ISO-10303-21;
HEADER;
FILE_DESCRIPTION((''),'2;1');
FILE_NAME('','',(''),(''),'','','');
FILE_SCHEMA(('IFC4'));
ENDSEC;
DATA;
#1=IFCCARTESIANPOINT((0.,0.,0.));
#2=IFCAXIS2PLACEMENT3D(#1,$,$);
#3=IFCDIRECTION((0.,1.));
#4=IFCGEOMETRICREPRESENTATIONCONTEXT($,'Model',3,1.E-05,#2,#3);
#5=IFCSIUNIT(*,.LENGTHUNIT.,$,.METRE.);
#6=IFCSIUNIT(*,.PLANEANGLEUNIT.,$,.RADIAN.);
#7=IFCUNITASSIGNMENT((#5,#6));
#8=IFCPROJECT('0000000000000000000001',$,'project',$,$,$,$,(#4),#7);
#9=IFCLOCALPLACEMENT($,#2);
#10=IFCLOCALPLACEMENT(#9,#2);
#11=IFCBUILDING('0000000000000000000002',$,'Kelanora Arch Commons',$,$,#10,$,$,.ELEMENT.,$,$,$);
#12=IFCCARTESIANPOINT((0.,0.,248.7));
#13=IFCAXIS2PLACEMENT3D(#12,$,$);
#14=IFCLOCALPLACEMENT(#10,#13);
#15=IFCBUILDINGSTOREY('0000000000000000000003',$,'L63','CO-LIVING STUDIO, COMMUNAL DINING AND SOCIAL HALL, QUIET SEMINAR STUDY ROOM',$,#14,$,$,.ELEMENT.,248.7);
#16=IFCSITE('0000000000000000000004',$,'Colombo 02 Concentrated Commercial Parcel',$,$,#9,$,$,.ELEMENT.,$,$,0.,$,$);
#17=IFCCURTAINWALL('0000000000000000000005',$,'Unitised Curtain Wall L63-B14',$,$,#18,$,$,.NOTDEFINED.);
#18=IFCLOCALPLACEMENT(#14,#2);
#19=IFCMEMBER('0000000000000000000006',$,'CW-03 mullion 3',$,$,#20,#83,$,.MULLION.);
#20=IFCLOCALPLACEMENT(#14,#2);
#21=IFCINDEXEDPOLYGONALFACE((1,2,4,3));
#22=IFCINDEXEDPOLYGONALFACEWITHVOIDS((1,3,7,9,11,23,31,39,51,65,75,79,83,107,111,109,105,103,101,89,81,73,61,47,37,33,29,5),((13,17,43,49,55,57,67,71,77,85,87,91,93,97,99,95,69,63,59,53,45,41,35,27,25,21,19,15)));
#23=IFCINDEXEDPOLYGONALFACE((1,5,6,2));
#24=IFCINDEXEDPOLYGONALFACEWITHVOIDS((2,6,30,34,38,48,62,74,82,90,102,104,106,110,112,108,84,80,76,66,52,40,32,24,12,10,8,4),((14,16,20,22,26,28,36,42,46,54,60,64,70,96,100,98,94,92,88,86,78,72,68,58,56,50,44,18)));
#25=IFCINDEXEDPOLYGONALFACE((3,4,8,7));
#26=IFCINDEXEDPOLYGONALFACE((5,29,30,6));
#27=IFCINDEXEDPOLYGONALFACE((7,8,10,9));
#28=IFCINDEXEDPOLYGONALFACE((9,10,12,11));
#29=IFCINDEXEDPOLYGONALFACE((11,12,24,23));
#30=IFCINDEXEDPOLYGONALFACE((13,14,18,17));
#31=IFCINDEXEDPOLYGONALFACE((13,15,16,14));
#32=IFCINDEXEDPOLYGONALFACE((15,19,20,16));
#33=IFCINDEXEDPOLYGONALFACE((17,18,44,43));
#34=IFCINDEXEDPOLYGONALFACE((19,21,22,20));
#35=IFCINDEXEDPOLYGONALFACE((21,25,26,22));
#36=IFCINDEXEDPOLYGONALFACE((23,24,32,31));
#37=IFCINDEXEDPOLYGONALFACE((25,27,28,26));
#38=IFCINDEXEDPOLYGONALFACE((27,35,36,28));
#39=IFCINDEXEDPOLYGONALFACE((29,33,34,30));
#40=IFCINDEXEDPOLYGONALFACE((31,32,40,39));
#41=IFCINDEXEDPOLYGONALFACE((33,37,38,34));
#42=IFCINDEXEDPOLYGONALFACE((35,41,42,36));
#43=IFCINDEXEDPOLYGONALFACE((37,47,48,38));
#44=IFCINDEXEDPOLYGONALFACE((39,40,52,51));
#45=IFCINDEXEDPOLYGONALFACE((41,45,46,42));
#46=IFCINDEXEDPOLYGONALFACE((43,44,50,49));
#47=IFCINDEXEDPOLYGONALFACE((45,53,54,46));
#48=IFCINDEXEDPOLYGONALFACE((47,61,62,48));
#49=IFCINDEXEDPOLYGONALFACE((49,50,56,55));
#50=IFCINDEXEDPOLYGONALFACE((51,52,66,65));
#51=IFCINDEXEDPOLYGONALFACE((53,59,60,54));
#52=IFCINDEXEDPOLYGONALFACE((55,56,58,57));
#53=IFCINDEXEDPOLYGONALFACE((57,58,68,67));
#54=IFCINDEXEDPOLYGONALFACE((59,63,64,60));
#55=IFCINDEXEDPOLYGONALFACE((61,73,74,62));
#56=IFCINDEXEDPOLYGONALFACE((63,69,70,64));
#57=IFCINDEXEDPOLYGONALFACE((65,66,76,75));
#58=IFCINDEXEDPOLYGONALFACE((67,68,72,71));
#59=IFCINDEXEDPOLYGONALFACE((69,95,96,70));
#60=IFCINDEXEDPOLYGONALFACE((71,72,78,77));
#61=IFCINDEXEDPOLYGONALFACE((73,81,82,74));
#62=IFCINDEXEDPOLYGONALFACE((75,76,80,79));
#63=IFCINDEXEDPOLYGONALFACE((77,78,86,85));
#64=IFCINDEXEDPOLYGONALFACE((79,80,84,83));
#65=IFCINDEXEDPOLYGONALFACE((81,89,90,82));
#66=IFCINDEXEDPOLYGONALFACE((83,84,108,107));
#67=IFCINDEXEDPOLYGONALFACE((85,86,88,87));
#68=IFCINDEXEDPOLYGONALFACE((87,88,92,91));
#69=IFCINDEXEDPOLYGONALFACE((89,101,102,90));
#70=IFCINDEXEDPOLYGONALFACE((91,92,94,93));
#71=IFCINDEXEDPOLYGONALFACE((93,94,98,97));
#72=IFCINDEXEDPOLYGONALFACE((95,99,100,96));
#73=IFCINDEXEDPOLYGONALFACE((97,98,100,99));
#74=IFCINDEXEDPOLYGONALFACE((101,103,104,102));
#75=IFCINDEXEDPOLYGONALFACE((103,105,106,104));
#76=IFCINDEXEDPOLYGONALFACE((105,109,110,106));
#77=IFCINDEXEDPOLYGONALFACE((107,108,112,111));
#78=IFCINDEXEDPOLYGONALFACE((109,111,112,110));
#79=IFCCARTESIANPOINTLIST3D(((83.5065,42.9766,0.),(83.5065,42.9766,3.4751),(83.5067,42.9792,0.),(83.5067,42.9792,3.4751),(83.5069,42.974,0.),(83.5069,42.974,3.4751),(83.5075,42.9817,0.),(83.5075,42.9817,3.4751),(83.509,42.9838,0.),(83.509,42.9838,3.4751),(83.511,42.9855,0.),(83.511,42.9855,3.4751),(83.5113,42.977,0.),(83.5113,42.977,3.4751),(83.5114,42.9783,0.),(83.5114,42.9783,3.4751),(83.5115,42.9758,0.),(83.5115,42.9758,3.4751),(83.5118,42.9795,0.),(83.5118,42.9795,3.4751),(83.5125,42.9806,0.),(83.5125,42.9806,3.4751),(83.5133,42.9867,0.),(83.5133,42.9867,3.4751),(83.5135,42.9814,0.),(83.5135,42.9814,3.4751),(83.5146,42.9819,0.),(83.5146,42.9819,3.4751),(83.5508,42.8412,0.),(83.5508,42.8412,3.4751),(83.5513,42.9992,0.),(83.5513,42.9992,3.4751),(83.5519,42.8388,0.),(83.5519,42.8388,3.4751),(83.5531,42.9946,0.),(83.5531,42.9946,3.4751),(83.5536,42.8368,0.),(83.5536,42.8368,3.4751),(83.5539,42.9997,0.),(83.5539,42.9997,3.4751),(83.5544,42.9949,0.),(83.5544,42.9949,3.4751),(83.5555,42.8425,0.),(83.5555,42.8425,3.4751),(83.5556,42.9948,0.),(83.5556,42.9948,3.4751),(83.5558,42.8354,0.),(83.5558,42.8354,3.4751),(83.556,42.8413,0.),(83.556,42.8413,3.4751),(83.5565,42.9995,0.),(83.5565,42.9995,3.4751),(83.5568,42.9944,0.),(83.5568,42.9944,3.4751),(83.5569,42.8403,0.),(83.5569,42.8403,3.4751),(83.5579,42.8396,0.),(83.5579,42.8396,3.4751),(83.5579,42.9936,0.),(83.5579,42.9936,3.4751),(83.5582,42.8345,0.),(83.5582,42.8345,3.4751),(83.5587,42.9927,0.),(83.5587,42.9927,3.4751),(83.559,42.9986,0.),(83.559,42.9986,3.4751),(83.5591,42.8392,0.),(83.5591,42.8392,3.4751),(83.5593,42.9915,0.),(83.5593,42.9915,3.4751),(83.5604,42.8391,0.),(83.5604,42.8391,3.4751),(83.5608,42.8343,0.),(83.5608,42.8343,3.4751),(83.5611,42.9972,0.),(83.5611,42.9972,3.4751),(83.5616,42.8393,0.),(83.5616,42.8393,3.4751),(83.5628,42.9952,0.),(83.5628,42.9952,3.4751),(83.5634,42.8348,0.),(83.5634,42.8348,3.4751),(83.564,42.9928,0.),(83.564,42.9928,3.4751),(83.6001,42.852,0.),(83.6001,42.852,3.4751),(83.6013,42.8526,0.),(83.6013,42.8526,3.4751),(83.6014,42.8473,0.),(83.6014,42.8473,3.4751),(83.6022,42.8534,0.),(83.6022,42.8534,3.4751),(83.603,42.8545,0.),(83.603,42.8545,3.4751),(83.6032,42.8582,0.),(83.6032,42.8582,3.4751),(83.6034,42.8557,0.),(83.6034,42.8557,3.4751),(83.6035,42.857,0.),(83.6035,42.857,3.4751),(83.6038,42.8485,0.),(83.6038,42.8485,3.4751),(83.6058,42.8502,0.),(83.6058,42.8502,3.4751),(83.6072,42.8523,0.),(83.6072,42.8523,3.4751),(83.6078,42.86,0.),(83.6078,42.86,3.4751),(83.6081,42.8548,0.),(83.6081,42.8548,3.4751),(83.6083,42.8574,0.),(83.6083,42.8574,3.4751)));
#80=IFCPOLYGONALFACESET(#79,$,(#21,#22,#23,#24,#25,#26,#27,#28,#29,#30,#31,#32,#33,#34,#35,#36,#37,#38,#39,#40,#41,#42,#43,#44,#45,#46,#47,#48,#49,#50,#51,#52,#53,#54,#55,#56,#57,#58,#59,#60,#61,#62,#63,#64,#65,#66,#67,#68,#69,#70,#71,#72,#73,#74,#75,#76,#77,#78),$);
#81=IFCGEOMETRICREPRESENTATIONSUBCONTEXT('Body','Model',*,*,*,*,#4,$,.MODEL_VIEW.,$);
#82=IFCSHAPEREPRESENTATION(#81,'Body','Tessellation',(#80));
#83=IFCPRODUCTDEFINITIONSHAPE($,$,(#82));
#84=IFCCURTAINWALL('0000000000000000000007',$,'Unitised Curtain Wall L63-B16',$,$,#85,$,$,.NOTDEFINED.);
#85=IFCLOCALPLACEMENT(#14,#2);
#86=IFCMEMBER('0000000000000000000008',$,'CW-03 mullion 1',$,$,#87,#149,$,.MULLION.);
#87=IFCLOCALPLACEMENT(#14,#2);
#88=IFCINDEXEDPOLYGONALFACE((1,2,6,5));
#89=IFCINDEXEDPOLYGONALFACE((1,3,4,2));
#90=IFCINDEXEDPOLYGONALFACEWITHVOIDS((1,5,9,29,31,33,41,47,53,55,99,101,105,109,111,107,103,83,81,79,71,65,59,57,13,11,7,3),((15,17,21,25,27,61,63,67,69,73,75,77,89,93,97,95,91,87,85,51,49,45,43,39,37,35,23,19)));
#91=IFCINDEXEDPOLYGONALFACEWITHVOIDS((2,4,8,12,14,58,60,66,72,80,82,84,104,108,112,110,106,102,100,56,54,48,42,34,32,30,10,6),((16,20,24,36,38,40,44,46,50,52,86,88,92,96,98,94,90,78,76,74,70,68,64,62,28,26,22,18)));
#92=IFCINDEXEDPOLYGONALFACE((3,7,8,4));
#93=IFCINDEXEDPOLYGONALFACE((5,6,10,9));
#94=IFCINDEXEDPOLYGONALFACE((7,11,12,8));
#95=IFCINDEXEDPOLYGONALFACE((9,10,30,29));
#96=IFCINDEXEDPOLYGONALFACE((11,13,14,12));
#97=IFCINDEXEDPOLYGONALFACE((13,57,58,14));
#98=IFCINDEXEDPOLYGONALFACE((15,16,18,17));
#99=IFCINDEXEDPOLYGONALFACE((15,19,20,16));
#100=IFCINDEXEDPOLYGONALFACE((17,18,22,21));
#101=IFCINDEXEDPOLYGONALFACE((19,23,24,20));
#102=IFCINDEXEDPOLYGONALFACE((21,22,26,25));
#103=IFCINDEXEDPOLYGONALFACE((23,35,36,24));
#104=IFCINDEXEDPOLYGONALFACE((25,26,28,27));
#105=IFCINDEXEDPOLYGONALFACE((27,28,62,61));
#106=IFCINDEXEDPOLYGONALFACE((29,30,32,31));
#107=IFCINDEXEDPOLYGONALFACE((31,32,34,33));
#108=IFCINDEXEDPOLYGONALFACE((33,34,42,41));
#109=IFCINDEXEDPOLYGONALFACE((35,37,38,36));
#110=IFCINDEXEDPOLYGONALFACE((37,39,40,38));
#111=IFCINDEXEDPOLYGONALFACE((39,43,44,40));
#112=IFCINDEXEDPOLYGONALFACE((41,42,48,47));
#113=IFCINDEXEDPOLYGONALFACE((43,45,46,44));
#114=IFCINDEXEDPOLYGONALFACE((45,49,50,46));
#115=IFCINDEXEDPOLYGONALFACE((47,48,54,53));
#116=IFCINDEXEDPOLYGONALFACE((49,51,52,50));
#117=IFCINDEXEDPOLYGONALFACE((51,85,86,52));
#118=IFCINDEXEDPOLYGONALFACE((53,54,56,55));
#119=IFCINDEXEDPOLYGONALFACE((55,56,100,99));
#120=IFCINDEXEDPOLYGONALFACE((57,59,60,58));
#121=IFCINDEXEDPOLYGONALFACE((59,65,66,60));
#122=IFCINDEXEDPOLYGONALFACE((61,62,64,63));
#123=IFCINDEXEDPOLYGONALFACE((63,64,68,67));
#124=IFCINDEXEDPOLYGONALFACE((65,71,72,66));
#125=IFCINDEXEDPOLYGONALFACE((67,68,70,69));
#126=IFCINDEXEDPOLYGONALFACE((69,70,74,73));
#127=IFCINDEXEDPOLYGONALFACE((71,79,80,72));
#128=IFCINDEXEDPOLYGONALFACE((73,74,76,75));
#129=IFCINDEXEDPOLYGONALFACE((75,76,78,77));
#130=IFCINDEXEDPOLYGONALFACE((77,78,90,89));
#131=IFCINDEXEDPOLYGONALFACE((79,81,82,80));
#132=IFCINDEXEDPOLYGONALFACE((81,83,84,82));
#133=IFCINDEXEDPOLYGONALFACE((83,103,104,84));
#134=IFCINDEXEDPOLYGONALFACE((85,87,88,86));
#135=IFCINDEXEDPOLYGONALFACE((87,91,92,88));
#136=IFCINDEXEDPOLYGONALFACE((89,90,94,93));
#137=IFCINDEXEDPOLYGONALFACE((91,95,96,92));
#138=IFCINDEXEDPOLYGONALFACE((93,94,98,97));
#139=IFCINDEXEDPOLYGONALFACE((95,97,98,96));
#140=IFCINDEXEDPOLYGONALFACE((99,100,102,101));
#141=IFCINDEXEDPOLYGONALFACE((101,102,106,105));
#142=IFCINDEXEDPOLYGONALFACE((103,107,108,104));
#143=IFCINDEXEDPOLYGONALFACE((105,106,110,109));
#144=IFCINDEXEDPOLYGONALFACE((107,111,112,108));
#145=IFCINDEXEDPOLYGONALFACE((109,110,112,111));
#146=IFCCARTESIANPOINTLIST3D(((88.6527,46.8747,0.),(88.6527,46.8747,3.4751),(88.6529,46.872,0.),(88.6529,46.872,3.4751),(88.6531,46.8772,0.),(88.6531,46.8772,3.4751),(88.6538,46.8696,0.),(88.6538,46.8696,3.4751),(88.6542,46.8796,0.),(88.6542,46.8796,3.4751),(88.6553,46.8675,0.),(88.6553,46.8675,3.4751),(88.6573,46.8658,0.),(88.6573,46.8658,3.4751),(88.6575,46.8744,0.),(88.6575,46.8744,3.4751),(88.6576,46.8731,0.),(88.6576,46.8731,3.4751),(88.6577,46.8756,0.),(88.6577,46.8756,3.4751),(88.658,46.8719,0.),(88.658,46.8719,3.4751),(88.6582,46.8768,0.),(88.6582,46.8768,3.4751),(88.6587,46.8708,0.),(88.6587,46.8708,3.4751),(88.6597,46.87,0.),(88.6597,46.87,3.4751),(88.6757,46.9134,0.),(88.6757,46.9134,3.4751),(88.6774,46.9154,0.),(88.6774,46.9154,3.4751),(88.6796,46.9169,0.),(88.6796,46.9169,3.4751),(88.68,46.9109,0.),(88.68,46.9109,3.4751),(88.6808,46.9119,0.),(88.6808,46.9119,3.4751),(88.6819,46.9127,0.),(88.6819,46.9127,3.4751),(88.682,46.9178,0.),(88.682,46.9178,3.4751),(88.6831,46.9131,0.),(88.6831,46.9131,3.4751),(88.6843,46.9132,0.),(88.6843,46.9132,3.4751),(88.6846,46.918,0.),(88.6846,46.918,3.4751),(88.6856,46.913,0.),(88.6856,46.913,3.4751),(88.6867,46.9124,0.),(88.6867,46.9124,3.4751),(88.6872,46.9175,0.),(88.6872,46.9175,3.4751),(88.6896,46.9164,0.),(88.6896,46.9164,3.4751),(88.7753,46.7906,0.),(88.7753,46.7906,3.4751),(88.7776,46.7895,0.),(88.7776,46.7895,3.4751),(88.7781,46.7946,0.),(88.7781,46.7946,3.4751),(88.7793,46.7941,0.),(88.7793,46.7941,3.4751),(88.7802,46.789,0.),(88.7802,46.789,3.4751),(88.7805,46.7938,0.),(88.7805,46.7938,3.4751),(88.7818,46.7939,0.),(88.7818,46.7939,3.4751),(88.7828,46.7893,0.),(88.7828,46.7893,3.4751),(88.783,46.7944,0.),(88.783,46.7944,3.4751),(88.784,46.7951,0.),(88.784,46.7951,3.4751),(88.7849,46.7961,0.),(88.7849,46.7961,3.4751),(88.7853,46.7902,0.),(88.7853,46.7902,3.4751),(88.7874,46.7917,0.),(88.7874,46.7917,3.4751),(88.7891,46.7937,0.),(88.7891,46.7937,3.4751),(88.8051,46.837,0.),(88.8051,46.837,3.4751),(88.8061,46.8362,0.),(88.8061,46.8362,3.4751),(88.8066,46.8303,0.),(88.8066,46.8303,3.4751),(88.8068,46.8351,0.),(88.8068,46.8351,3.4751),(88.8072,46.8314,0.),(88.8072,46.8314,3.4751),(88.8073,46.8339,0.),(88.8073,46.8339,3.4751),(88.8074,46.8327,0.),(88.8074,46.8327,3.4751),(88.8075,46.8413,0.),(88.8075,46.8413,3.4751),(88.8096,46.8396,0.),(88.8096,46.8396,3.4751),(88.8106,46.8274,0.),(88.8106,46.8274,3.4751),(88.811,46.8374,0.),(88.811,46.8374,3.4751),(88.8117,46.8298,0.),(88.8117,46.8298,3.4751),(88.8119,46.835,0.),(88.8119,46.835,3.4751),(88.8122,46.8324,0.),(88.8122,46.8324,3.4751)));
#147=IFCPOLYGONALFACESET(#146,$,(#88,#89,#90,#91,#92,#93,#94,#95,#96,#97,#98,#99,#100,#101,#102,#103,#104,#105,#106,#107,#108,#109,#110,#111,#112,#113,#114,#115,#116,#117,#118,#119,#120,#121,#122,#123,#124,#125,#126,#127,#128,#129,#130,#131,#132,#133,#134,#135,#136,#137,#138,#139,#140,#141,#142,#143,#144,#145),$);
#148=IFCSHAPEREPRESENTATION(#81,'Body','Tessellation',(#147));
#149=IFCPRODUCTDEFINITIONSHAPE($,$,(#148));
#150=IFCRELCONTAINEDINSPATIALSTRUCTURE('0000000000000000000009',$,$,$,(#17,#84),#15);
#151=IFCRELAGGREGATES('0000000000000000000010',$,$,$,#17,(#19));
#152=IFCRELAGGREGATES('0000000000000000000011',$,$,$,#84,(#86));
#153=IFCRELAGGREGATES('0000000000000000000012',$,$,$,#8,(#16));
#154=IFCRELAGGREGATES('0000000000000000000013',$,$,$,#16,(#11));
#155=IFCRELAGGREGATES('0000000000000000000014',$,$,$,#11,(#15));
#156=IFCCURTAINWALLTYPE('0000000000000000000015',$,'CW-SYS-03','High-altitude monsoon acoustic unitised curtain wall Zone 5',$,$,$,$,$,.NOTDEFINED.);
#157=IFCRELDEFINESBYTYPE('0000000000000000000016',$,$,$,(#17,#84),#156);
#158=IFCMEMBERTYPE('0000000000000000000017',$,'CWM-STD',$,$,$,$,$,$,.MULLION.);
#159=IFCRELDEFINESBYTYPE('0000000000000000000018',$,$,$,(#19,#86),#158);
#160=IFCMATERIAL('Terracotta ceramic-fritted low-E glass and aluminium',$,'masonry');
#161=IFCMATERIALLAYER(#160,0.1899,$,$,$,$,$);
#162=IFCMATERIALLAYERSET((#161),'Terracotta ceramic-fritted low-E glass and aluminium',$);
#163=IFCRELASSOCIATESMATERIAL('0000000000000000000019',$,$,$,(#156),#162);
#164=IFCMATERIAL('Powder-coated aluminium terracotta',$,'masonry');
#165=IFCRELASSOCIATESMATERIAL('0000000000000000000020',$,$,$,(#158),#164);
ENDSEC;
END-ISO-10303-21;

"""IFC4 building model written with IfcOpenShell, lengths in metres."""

from ifc_helpers import new_model, si_unit, direction, frame, origin, origin_2d, place, context, subcontext, project, spatial, hollow_rectangle, extrude, material, layer, layer_set, material_profile, profile_set, type_object, element, aggregate, save


model = new_model("IFC4")

# Units and contexts
model_context = context("Model", 3, precision=1e-05, world=origin(), true_north=direction((0.0, 1.0)))
body_context = subcontext(model_context, "Body", "Model", "MODEL_VIEW")
ifc_project = project(units=[si_unit("LENGTHUNIT", "METRE"), si_unit("PLANEANGLEUNIT", "RADIAN")], contexts=[model_context])

# Site, building, storey
site_placement = place(None, origin())
site = spatial("IfcSite", under=ifc_project, at=site_placement, Name="Colombo 02 Concentrated Commercial Parcel", CompositionType="ELEMENT", RefElevation=0.0)
building_placement = place(site_placement, origin())
building = spatial("IfcBuilding", under=site, at=building_placement, Name="Kelanora Arch Commons", CompositionType="ELEMENT")
storey_placement = place(building_placement, frame((0.0, 0.0, 248.7)))
storey = spatial("IfcBuildingStorey", under=building, at=storey_placement, Name="L63", Description="CO-LIVING STUDIO, COMMUNAL DINING AND SOCIAL HALL, QUIET SEMINAR STUDY ROOM", CompositionType="ELEMENT", Elevation=248.7)

# Curtain wall, member
ifc_material_1 = material(Name="Terracotta ceramic-fritted low-E glass and aluminium", Category="masonry")
ifc_layer_1 = layer(ifc_material_1, 0.1899)
ifc_layer_set_1 = layer_set([ifc_layer_1], Name="Terracotta ceramic-fritted low-E glass and aluminium")
curtain_wall_type = type_object("IfcCurtainWallType", Name="CW-SYS-03", Description="High-altitude monsoon acoustic unitised curtain wall Zone 5", PredefinedType="NOTDEFINED", material=ifc_layer_set_1)
curtain_wall_1_placement = place(storey_placement, origin())
curtain_wall_1 = element("IfcCurtainWall", 1, at=curtain_wall_1_placement, inside=storey, type_object=curtain_wall_type, Name="Unitised Curtain Wall L63-B14", PredefinedType="NOTDEFINED")
ifc_material_2 = material(Name="Powder-coated aluminium terracotta", Category="masonry")
ifc_material_profile_1 = material_profile(ifc_material_2, hollow_rectangle(XDim=0.1599, YDim=0.0601, WallThickness=0.0049, InnerFilletRadius=0.0049, OuterFilletRadius=0.01, at=origin_2d()), Name="CWM160x60")
ifc_profile_set_1 = profile_set([ifc_material_profile_1], Name="Powder-coated aluminium terracotta")
member_type_1 = type_object("IfcMemberType", Name="CWM-STD", PredefinedType="MULLION", material=ifc_profile_set_1)
member_1_placement = place(storey_placement, frame((83.5574, 42.917, 0.0), z_axis=(0.0, 0.0, 1.0), x_axis=(-0.313253, 0.94967, 0.0)))
member_1 = element("IfcMember", 2, at=member_1_placement, type_object=member_type_1, Name="CW-03 mullion 3", PredefinedType="MULLION", context=body_context, shape_type="SweptSolid", body=[
    extrude(hollow_rectangle(XDim=0.1599, YDim=0.0601, WallThickness=0.0049, InnerFilletRadius=0.0049, OuterFilletRadius=0.01, at=origin_2d()), origin(), (0.0, 0.0, 1.0), 3.4751),
])
aggregate(curtain_wall_1, [member_1])

# Curtain wall, member
curtain_wall_2_placement = place(storey_placement, origin())
curtain_wall_2 = element("IfcCurtainWall", 3, at=curtain_wall_2_placement, inside=storey, type_object=curtain_wall_type, Name="Unitised Curtain Wall L63-B16", PredefinedType="NOTDEFINED")
member_2_placement = place(storey_placement, frame((88.7324, 46.8535, 0.0), z_axis=(0.0, 0.0, 1.0), x_axis=(-0.843391, 0.5373, 0.0)))
member_2 = element("IfcMember", 4, at=member_2_placement, type_object=member_type_1, Name="CW-03 mullion 1", PredefinedType="MULLION", context=body_context, shape_type="SweptSolid", body=[
    extrude(hollow_rectangle(XDim=0.1599, YDim=0.0601, WallThickness=0.0049, InnerFilletRadius=0.0049, OuterFilletRadius=0.01, at=origin_2d()), origin(), (0.0, 0.0, 1.0), 3.4751),
])
aggregate(curtain_wall_2, [member_2])

save(model, "model.ifc")
